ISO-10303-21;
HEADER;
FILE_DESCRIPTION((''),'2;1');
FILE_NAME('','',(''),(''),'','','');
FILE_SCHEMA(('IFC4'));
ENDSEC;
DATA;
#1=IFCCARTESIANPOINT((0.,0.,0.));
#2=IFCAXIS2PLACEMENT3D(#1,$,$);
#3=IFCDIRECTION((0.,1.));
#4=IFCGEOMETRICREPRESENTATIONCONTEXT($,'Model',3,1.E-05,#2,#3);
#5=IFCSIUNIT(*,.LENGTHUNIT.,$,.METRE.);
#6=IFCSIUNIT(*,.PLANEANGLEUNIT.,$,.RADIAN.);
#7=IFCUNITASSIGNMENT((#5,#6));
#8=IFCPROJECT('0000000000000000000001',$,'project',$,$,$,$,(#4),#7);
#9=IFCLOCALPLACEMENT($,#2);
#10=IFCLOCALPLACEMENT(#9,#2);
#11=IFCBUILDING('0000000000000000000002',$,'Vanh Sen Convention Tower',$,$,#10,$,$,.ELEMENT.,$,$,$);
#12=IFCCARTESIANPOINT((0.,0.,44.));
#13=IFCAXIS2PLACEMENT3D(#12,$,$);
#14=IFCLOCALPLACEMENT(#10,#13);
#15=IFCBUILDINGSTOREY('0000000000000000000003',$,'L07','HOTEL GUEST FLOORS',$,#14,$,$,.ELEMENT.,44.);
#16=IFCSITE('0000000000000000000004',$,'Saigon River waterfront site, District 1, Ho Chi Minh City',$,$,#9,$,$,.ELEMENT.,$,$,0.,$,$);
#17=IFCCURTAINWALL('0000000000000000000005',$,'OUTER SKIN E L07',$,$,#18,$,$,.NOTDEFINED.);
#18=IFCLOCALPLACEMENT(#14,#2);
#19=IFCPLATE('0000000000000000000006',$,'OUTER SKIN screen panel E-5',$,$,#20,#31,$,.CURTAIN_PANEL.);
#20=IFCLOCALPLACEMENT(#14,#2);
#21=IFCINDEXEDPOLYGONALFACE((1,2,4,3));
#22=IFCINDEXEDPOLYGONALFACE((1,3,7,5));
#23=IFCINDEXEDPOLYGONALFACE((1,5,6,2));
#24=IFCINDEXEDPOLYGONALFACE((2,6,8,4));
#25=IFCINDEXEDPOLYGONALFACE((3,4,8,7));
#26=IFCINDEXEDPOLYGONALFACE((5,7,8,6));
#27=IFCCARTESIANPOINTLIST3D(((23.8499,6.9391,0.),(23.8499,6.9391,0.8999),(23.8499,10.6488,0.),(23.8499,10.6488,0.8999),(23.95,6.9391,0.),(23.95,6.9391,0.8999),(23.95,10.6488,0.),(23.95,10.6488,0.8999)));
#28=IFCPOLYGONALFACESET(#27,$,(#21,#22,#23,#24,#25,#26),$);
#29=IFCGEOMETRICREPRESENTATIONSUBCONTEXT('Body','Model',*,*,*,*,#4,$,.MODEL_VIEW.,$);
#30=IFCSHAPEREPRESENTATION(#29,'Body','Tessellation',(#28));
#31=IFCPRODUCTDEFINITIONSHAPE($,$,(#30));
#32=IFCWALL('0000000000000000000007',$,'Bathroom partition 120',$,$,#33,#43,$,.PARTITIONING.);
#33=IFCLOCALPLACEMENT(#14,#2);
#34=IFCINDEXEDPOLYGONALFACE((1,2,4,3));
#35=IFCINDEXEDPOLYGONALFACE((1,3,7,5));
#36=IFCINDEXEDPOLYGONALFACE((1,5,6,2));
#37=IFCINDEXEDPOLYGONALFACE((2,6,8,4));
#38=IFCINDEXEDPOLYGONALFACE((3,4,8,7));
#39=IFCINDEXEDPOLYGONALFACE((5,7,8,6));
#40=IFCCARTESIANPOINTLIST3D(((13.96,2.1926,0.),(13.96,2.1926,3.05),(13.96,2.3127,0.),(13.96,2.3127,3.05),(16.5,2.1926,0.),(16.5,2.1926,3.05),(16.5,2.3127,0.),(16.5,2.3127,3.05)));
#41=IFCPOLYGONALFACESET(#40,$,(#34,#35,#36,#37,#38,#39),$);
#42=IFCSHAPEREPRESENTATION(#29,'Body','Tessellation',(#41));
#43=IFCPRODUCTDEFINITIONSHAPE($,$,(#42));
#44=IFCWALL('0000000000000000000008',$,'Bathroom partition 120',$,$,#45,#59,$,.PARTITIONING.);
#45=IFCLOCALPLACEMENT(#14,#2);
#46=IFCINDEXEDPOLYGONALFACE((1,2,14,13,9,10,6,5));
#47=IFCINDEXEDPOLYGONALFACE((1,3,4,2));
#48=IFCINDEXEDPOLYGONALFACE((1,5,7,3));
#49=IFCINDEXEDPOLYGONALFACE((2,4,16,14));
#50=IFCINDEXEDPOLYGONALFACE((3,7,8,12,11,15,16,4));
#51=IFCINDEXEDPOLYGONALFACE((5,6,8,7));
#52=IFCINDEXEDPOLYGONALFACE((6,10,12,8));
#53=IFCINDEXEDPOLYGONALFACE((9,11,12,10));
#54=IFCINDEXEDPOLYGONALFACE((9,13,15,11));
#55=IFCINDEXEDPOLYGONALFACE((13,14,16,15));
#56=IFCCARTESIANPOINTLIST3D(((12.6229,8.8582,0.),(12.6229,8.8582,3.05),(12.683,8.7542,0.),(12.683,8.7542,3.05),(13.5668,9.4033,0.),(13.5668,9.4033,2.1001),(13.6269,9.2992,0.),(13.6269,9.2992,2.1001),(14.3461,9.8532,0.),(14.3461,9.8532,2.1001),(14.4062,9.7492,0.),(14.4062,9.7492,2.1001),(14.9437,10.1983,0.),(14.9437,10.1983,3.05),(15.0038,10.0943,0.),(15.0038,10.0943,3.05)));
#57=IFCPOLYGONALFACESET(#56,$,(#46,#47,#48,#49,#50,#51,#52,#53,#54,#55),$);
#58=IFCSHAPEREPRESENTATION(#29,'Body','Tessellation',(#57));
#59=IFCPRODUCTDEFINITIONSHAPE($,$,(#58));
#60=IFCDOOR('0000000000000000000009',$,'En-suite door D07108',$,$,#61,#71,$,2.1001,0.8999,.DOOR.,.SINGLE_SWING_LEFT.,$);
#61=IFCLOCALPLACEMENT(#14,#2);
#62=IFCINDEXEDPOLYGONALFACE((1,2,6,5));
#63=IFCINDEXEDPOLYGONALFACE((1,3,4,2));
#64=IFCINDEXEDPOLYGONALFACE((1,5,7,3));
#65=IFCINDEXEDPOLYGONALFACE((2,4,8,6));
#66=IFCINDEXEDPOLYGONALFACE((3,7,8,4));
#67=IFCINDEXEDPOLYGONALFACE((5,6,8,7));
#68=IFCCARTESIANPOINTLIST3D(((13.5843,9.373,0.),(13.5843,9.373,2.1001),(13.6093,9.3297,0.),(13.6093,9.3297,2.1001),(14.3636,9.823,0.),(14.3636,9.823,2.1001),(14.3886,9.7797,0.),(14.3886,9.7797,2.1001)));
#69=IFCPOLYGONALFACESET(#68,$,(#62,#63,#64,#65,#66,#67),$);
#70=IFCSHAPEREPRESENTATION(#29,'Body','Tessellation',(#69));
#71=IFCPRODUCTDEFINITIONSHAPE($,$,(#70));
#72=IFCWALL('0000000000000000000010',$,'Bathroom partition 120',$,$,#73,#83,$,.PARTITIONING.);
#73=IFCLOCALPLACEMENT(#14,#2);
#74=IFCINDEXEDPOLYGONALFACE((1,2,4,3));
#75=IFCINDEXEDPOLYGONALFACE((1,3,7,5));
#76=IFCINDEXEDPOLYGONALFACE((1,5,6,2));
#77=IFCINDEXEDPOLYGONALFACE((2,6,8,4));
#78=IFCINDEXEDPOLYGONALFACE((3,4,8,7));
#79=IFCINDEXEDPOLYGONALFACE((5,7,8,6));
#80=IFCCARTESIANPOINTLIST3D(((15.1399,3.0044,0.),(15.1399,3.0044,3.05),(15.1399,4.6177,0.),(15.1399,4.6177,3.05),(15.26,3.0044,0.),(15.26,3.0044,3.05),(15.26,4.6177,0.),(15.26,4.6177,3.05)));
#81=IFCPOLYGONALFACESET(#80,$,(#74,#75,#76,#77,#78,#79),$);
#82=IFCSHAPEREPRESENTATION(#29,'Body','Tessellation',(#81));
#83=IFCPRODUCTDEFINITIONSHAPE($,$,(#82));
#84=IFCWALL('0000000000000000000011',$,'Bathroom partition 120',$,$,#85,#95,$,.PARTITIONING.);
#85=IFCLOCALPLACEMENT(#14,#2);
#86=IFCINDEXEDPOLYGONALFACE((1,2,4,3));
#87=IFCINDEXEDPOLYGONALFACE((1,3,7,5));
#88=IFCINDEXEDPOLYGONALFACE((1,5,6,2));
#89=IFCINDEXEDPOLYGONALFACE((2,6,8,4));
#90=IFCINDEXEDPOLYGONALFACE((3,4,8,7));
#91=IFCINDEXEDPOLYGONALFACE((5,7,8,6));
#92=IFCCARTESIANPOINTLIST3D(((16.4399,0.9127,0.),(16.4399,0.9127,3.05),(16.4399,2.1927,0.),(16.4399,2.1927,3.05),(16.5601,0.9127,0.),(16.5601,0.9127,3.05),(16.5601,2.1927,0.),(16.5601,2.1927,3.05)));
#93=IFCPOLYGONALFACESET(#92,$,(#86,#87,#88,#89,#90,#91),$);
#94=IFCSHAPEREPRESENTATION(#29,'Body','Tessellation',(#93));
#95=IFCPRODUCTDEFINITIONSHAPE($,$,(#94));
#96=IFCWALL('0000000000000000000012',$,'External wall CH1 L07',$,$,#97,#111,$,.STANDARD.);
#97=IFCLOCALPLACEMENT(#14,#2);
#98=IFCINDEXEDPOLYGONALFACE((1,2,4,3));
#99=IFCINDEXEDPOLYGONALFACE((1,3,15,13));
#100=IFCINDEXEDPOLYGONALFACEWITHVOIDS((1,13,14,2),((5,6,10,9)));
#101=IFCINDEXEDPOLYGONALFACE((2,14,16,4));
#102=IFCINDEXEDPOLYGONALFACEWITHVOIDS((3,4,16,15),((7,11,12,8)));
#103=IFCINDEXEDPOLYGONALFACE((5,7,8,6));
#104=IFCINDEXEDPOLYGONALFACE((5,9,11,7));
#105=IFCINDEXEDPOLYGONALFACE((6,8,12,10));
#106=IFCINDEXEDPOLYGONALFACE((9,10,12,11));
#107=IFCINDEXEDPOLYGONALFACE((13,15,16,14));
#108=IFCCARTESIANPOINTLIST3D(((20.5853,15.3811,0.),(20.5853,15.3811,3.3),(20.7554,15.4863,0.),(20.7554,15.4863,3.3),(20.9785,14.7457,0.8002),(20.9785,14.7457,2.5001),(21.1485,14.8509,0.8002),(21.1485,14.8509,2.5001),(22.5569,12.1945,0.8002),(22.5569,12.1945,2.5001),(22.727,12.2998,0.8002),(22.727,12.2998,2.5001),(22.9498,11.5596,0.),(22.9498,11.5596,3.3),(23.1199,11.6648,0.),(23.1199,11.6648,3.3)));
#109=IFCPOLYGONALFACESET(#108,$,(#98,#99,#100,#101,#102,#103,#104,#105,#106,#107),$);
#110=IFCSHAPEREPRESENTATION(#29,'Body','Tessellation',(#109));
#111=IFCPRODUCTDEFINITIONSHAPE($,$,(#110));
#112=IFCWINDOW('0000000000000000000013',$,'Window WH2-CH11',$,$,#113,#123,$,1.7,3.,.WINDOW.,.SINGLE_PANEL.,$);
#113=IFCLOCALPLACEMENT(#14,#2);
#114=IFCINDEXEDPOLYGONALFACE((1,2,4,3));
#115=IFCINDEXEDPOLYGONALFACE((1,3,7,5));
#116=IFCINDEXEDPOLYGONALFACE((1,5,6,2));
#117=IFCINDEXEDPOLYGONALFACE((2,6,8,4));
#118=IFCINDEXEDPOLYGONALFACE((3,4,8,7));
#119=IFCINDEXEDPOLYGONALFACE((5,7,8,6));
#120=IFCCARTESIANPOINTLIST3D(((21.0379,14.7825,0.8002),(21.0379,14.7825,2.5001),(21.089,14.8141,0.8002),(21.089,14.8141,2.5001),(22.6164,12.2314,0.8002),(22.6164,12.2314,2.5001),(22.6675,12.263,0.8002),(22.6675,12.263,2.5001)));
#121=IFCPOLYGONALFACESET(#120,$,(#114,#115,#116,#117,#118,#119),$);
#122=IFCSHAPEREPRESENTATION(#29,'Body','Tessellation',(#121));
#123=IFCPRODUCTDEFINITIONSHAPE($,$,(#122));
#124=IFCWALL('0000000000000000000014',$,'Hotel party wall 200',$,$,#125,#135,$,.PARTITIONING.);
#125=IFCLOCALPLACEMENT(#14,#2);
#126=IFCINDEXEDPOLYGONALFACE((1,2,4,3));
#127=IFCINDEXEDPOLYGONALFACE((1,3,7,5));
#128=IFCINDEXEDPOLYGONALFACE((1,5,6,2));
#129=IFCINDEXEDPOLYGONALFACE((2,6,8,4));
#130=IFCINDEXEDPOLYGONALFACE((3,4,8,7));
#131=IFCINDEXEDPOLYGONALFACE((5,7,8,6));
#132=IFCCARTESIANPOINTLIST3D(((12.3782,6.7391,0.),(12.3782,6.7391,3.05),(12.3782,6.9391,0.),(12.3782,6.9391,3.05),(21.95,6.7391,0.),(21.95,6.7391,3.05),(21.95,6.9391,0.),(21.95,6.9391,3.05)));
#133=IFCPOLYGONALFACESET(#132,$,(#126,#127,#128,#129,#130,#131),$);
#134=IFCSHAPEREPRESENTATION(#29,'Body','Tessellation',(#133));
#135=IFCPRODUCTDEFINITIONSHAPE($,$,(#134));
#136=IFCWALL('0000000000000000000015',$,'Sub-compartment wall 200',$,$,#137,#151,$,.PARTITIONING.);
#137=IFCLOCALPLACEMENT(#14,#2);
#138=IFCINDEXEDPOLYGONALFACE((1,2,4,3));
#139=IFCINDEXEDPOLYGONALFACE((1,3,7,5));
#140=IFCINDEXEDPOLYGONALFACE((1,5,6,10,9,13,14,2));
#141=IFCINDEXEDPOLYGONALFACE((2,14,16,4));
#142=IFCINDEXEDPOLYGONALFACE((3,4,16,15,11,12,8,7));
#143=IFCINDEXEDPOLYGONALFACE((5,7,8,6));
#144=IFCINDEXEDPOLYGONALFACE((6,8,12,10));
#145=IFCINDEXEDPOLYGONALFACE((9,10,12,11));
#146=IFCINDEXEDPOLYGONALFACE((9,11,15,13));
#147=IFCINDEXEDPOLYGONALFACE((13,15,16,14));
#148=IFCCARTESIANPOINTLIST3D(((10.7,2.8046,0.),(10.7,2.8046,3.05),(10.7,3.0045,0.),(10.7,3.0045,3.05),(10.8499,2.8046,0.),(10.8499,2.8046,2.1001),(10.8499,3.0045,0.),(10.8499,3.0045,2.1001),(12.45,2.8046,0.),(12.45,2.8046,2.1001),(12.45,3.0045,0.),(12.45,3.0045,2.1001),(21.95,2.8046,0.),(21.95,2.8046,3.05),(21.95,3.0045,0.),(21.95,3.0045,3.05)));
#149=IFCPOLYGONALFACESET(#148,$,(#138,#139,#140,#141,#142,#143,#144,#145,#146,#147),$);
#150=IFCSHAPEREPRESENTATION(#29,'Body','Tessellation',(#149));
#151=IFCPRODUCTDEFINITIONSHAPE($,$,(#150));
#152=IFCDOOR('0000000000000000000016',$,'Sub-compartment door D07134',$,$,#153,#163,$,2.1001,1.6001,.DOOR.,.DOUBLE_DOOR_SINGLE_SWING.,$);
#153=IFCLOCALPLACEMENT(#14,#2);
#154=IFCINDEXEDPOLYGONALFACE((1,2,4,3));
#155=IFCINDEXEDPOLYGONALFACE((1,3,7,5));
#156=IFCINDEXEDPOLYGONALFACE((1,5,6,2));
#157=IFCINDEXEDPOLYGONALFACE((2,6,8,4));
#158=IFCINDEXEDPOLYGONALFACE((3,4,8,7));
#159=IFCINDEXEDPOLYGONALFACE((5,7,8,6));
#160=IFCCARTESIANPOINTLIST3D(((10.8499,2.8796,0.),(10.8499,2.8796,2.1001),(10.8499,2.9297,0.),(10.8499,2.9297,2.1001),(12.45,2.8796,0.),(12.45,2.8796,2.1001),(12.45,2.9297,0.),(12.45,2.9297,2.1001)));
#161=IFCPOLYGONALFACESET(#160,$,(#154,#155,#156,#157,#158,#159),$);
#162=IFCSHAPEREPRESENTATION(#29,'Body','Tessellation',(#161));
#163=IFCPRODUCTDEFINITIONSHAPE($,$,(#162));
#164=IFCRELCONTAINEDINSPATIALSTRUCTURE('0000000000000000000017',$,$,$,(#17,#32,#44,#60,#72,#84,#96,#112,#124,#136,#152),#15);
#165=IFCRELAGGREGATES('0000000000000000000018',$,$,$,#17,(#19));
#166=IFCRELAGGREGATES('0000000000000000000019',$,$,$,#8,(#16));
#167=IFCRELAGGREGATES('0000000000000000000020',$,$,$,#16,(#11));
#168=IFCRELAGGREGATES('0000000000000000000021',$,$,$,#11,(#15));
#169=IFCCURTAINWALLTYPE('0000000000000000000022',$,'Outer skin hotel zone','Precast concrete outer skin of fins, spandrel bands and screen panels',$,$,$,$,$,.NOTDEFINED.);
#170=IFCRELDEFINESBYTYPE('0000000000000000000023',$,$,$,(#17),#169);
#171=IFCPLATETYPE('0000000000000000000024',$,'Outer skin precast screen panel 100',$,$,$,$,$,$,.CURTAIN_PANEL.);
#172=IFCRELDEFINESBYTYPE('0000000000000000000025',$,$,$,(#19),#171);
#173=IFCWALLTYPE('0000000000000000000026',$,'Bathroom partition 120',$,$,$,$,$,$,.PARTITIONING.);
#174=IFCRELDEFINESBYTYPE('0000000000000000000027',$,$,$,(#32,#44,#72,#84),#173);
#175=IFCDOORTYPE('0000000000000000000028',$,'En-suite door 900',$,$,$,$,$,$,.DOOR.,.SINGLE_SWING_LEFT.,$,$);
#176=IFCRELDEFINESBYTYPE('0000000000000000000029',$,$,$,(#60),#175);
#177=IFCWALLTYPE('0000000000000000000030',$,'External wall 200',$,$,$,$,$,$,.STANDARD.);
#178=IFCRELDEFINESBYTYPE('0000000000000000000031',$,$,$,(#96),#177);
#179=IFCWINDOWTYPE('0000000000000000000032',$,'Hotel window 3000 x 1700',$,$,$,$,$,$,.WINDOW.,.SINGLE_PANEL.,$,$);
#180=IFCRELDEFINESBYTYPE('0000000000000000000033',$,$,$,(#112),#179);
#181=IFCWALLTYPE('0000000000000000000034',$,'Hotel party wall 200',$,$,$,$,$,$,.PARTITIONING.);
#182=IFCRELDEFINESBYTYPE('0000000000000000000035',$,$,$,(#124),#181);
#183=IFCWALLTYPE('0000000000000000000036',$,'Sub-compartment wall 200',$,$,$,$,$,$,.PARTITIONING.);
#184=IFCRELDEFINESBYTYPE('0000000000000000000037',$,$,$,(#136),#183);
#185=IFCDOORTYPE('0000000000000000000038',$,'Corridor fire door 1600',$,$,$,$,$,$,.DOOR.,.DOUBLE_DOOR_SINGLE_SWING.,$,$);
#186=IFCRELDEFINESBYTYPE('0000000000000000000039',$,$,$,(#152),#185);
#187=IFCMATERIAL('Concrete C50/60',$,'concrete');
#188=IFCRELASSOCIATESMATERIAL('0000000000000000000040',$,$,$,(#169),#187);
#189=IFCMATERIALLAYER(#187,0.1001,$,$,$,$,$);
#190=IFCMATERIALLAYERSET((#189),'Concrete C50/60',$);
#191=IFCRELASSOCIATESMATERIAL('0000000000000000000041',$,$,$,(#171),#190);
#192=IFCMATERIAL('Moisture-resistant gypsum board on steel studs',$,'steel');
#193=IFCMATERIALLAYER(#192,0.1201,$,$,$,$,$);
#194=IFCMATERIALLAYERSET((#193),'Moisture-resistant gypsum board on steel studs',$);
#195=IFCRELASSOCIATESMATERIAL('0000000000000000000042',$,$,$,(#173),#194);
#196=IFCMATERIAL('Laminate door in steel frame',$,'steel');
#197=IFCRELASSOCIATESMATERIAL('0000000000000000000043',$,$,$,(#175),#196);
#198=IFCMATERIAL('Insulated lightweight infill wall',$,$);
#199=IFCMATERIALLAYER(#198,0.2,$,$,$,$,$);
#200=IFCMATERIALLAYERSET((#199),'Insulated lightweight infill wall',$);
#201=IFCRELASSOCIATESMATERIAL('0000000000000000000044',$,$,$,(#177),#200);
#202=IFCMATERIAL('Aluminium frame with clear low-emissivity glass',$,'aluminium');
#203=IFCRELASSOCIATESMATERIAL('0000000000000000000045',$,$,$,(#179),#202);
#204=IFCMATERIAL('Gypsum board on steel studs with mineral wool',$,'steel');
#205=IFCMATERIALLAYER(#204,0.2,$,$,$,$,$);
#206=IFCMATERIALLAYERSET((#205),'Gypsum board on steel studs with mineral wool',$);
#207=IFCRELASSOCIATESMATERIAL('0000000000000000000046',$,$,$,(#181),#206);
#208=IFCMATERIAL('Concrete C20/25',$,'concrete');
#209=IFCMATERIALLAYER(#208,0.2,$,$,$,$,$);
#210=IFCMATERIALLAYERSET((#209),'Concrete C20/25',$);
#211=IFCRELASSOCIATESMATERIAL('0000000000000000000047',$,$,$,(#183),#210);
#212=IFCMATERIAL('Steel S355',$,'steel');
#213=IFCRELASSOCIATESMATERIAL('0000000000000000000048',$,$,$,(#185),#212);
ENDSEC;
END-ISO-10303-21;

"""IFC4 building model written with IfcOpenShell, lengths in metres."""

from ifc_helpers import new_model, si_unit, direction, frame, frame_2d, origin, origin_2d, place, context, subcontext, project, spatial, rectangle, extrude, material, layer, layer_set, type_object, element, fill, aggregate, save


model = new_model("IFC4")

# Units and contexts
model_context = context("Model", 3, precision=1e-05, world=origin(), true_north=direction((0.0, 1.0)))
body_context = subcontext(model_context, "Body", "Model", "MODEL_VIEW")
ifc_project = project(units=[si_unit("LENGTHUNIT", "METRE"), si_unit("PLANEANGLEUNIT", "RADIAN")], contexts=[model_context])

# Site, building, storey
site_placement = place(None, origin())
site = spatial("IfcSite", under=ifc_project, at=site_placement, Name="Saigon River waterfront site, District 1, Ho Chi Minh City", CompositionType="ELEMENT", RefElevation=0.0)
building_placement = place(site_placement, origin())
building = spatial("IfcBuilding", under=site, at=building_placement, Name="Vanh Sen Convention Tower", CompositionType="ELEMENT")
storey_placement = place(building_placement, frame((0.0, 0.0, 44.0)))
storey = spatial("IfcBuildingStorey", under=building, at=storey_placement, Name="L07", Description="HOTEL GUEST FLOORS", CompositionType="ELEMENT", Elevation=44.0)

# Curtain wall
ifc_material_1 = material(Name="Concrete C50/60", Category="concrete")
curtain_wall_type = type_object("IfcCurtainWallType", Name="Outer skin hotel zone", Description="Precast concrete outer skin of fins, spandrel bands and screen panels", PredefinedType="NOTDEFINED", material=ifc_material_1)
curtain_wall_1_placement = place(storey_placement, origin())
curtain_wall_1 = element("IfcCurtainWall", 1, at=curtain_wall_1_placement, inside=storey, type_object=curtain_wall_type, Name="OUTER SKIN E L07", PredefinedType="NOTDEFINED")

# Plate
ifc_layer_1 = layer(ifc_material_1, 0.1001)
ifc_layer_set_1 = layer_set([ifc_layer_1], Name="Concrete C50/60")
plate_type = type_object("IfcPlateType", Name="Outer skin precast screen panel 100", PredefinedType="CURTAIN_PANEL", material=ifc_layer_set_1)
plate_1_placement = place(storey_placement, frame((23.8999, 8.7939, 0.0), z_axis=(0.0, 0.0, 1.0), x_axis=(0.0, 1.0, 0.0)))
plate_1 = element("IfcPlate", 2, at=plate_1_placement, type_object=plate_type, Name="OUTER SKIN screen panel E-5", PredefinedType="CURTAIN_PANEL", context=body_context, shape_type="SweptSolid", body=[
    extrude(rectangle(XDim=3.7097, YDim=0.1001, at=origin_2d()), origin(), (0.0, 0.0, 1.0), 0.8999),
])
aggregate(curtain_wall_1, [plate_1])

# Wall
ifc_material_2 = material(Name="Moisture-resistant gypsum board on steel studs", Category="steel")
ifc_layer_2 = layer(ifc_material_2, 0.1201)
ifc_layer_set_2 = layer_set([ifc_layer_2], Name="Moisture-resistant gypsum board on steel studs")
wall_type_1 = type_object("IfcWallType", Name="Bathroom partition 120", PredefinedType="PARTITIONING", material=ifc_layer_set_2)
wall_1_placement = place(storey_placement, frame((13.96, 2.2527, 0.0), z_axis=(0.0, 0.0, 1.0), x_axis=(1.0, 0.0, 0.0)))
element("IfcWall", 3, at=wall_1_placement, inside=storey, type_object=wall_type_1, Name="Bathroom partition 120", PredefinedType="PARTITIONING", context=body_context, shape_type="SweptSolid", body=[
    extrude(rectangle(XDim=2.54, YDim=0.1201, at=frame_2d((1.27, 0.0))), origin(), (0.0, 0.0, 1.0), 3.05),
])

# Wall, opening, door
wall_2_placement = place(storey_placement, frame((14.9736, 10.1462, 0.0), z_axis=(0.0, 0.0, 1.0), x_axis=(-0.865997, -0.500048, 0.0)))
wall_2 = element("IfcWall", 4, at=wall_2_placement, inside=storey, type_object=wall_type_1, Name="Bathroom partition 120", PredefinedType="PARTITIONING", context=body_context, shape_type="SweptSolid", body=[
    extrude(rectangle(XDim=2.6799, YDim=0.1201, at=frame_2d((1.3398, 0.0))), origin(), (0.0, 0.0, 1.0), 3.05),
])
opening_1_placement = place(wall_2_placement, frame((0.6899, 0.0, 0.0)))
opening_1 = element("IfcOpeningElement", 5, at=opening_1_placement, cuts=wall_2, PredefinedType="OPENING", context=body_context, shape_type="SweptSolid", body=[
    extrude(rectangle(XDim=0.8999, YDim=2.1001, at=frame_2d((0.45, 1.05))), frame((0.0, 0.0701, 0.0), z_axis=(0.0, -1.0, 0.0), x_axis=(1.0, 0.0, 0.0)), (0.0, 0.0, 1.0), 0.1401),
])
ifc_material_3 = material(Name="Laminate door in steel frame", Category="steel")
door_type_1 = type_object("IfcDoorType", Name="En-suite door 900", OperationType="SINGLE_SWING_LEFT", PredefinedType="DOOR", material=ifc_material_3)
door_1_placement = place(opening_1_placement, origin())
door_1 = element("IfcDoor", 6, at=door_1_placement, inside=storey, type_object=door_type_1, Name="En-suite door D07108", OperationType="SINGLE_SWING_LEFT", OverallHeight=2.1001, OverallWidth=0.8999, PredefinedType="DOOR", context=body_context, shape_type="SweptSolid", body=[
    extrude(rectangle(XDim=0.8999, YDim=2.1001, at=frame_2d((0.45, 1.05))), frame((0.0, 0.0249, 0.0), z_axis=(0.0, -1.0, 0.0), x_axis=(1.0, 0.0, 0.0)), (0.0, 0.0, 1.0), 0.05),
])
fill(opening_1, door_1)

# Walls
wall_3_placement = place(storey_placement, frame((15.2, 4.6177, 0.0), z_axis=(0.0, 0.0, 1.0), x_axis=(0.0, -1.0, 0.0)))
element("IfcWall", 7, at=wall_3_placement, inside=storey, type_object=wall_type_1, Name="Bathroom partition 120", PredefinedType="PARTITIONING", context=body_context, shape_type="SweptSolid", body=[
    extrude(rectangle(XDim=1.6133, YDim=0.1201, at=frame_2d((0.8066, 0.0))), origin(), (0.0, 0.0, 1.0), 3.05),
])
wall_4_placement = place(storey_placement, frame((16.5, 2.1929, 0.0), z_axis=(0.0, 0.0, 1.0), x_axis=(0.0, -1.0, 0.0)))
element("IfcWall", 8, at=wall_4_placement, inside=storey, type_object=wall_type_1, Name="Bathroom partition 120", PredefinedType="PARTITIONING", context=body_context, shape_type="SweptSolid", body=[
    extrude(rectangle(XDim=1.28, YDim=0.1201, at=frame_2d((0.6401, 0.0))), origin(), (0.0, 0.0, 1.0), 3.05),
])

# Wall, opening, window
ifc_material_4 = material(Name="Insulated lightweight infill wall")
ifc_layer_3 = layer(ifc_material_4, 0.2)
ifc_layer_set_3 = layer_set([ifc_layer_3], Name="Insulated lightweight infill wall")
wall_type_2 = type_object("IfcWallType", Name="External wall 200", PredefinedType="STANDARD", material=ifc_layer_set_3)
wall_5_placement = place(storey_placement, frame((23.0349, 11.6121, 0.0), z_axis=(0.0, 0.0, 1.0), x_axis=(-0.52616, 0.850386, 0.0)))
wall_5 = element("IfcWall", 9, at=wall_5_placement, inside=storey, type_object=wall_type_2, Name="External wall CH1 L07", PredefinedType="STANDARD", context=body_context, shape_type="SweptSolid", body=[
    extrude(rectangle(XDim=4.4939, YDim=0.2, at=frame_2d((2.2471, 0.0))), origin(), (0.0, 0.0, 1.0), 3.3),
])
opening_2_placement = place(wall_5_placement, frame((0.7468, 0.0, 0.8)))
opening_2 = element("IfcOpeningElement", 10, at=opening_2_placement, cuts=wall_5, PredefinedType="OPENING", context=body_context, shape_type="SweptSolid", body=[
    extrude(rectangle(XDim=3.0, YDim=1.7, at=frame_2d((1.5, 0.8501))), frame((0.0, 0.1099, 0.0), z_axis=(0.0, -1.0, 0.0), x_axis=(1.0, 0.0, 0.0)), (0.0, 0.0, 1.0), 0.22),
])
ifc_material_5 = material(Name="Aluminium frame with clear low-emissivity glass", Category="aluminium")
window_type = type_object("IfcWindowType", Name="Hotel window 3000 x 1700", PartitioningType="SINGLE_PANEL", PredefinedType="WINDOW", material=ifc_material_5)
window_placement = place(opening_2_placement, origin())
window = element("IfcWindow", 11, at=window_placement, inside=storey, type_object=window_type, Name="Window WH2-CH11", OverallHeight=1.7, OverallWidth=3.0, PartitioningType="SINGLE_PANEL", PredefinedType="WINDOW", context=body_context, shape_type="SweptSolid", body=[
    extrude(rectangle(XDim=3.0, YDim=1.7, at=frame_2d((1.5, 0.8501))), frame((0.0, 0.03, 0.0), z_axis=(0.0, -1.0, 0.0), x_axis=(1.0, 0.0, 0.0)), (0.0, 0.0, 1.0), 0.0601),
])
fill(opening_2, window)

# Wall
ifc_material_6 = material(Name="Gypsum board on steel studs with mineral wool", Category="steel")
ifc_layer_4 = layer(ifc_material_6, 0.2)
ifc_layer_set_4 = layer_set([ifc_layer_4], Name="Gypsum board on steel studs with mineral wool")
wall_type_3 = type_object("IfcWallType", Name="Hotel party wall 200", PredefinedType="PARTITIONING", material=ifc_layer_set_4)
wall_6_placement = place(storey_placement, frame((21.95, 6.8391, 0.0), z_axis=(0.0, 0.0, 1.0), x_axis=(-1.0, 0.0, 0.0)))
element("IfcWall", 12, at=wall_6_placement, inside=storey, type_object=wall_type_3, Name="Hotel party wall 200", PredefinedType="PARTITIONING", context=body_context, shape_type="SweptSolid", body=[
    extrude(rectangle(XDim=9.5718, YDim=0.2, at=frame_2d((4.7859, 0.0))), origin(), (0.0, 0.0, 1.0), 3.05),
])

# Wall, opening, door
ifc_material_7 = material(Name="Concrete C20/25", Category="concrete")
ifc_layer_5 = layer(ifc_material_7, 0.2)
ifc_layer_set_5 = layer_set([ifc_layer_5], Name="Concrete C20/25")
wall_type_4 = type_object("IfcWallType", Name="Sub-compartment wall 200", PredefinedType="PARTITIONING", material=ifc_layer_set_5)
wall_7_placement = place(storey_placement, frame((21.95, 2.9045, 0.0), z_axis=(0.0, 0.0, 1.0), x_axis=(-1.0, 0.0, 0.0)))
wall_7 = element("IfcWall", 13, at=wall_7_placement, inside=storey, type_object=wall_type_4, Name="Sub-compartment wall 200", PredefinedType="PARTITIONING", context=body_context, shape_type="SweptSolid", body=[
    extrude(rectangle(XDim=11.25, YDim=0.2, at=frame_2d((5.625, 0.0))), origin(), (0.0, 0.0, 1.0), 3.05),
])
opening_3_placement = place(wall_7_placement, frame((9.5, 0.0, 0.0)))
opening_3 = element("IfcOpeningElement", 14, at=opening_3_placement, cuts=wall_7, PredefinedType="OPENING", context=body_context, shape_type="SweptSolid", body=[
    extrude(rectangle(XDim=1.6001, YDim=2.1001, at=frame_2d((0.8, 1.05))), frame((0.0, 0.1099, 0.0), z_axis=(0.0, -1.0, 0.0), x_axis=(1.0, 0.0, 0.0)), (0.0, 0.0, 1.0), 0.22),
])
ifc_material_8 = material(Name="Steel S355", Category="steel")
door_type_2 = type_object("IfcDoorType", Name="Corridor fire door 1600", OperationType="DOUBLE_DOOR_SINGLE_SWING", PredefinedType="DOOR", material=ifc_material_8)
door_2_placement = place(opening_3_placement, origin())
door_2 = element("IfcDoor", 15, at=door_2_placement, inside=storey, type_object=door_type_2, Name="Sub-compartment door D07134", OperationType="DOUBLE_DOOR_SINGLE_SWING", OverallHeight=2.1001, OverallWidth=1.6001, PredefinedType="DOOR", context=body_context, shape_type="SweptSolid", body=[
    extrude(rectangle(XDim=1.6001, YDim=2.1001, at=frame_2d((0.8, 1.05))), frame((0.0, 0.0249, 0.0), z_axis=(0.0, -1.0, 0.0), x_axis=(1.0, 0.0, 0.0)), (0.0, 0.0, 1.0), 0.05),
])
fill(opening_3, door_2)

save(model, "model.ifc")
